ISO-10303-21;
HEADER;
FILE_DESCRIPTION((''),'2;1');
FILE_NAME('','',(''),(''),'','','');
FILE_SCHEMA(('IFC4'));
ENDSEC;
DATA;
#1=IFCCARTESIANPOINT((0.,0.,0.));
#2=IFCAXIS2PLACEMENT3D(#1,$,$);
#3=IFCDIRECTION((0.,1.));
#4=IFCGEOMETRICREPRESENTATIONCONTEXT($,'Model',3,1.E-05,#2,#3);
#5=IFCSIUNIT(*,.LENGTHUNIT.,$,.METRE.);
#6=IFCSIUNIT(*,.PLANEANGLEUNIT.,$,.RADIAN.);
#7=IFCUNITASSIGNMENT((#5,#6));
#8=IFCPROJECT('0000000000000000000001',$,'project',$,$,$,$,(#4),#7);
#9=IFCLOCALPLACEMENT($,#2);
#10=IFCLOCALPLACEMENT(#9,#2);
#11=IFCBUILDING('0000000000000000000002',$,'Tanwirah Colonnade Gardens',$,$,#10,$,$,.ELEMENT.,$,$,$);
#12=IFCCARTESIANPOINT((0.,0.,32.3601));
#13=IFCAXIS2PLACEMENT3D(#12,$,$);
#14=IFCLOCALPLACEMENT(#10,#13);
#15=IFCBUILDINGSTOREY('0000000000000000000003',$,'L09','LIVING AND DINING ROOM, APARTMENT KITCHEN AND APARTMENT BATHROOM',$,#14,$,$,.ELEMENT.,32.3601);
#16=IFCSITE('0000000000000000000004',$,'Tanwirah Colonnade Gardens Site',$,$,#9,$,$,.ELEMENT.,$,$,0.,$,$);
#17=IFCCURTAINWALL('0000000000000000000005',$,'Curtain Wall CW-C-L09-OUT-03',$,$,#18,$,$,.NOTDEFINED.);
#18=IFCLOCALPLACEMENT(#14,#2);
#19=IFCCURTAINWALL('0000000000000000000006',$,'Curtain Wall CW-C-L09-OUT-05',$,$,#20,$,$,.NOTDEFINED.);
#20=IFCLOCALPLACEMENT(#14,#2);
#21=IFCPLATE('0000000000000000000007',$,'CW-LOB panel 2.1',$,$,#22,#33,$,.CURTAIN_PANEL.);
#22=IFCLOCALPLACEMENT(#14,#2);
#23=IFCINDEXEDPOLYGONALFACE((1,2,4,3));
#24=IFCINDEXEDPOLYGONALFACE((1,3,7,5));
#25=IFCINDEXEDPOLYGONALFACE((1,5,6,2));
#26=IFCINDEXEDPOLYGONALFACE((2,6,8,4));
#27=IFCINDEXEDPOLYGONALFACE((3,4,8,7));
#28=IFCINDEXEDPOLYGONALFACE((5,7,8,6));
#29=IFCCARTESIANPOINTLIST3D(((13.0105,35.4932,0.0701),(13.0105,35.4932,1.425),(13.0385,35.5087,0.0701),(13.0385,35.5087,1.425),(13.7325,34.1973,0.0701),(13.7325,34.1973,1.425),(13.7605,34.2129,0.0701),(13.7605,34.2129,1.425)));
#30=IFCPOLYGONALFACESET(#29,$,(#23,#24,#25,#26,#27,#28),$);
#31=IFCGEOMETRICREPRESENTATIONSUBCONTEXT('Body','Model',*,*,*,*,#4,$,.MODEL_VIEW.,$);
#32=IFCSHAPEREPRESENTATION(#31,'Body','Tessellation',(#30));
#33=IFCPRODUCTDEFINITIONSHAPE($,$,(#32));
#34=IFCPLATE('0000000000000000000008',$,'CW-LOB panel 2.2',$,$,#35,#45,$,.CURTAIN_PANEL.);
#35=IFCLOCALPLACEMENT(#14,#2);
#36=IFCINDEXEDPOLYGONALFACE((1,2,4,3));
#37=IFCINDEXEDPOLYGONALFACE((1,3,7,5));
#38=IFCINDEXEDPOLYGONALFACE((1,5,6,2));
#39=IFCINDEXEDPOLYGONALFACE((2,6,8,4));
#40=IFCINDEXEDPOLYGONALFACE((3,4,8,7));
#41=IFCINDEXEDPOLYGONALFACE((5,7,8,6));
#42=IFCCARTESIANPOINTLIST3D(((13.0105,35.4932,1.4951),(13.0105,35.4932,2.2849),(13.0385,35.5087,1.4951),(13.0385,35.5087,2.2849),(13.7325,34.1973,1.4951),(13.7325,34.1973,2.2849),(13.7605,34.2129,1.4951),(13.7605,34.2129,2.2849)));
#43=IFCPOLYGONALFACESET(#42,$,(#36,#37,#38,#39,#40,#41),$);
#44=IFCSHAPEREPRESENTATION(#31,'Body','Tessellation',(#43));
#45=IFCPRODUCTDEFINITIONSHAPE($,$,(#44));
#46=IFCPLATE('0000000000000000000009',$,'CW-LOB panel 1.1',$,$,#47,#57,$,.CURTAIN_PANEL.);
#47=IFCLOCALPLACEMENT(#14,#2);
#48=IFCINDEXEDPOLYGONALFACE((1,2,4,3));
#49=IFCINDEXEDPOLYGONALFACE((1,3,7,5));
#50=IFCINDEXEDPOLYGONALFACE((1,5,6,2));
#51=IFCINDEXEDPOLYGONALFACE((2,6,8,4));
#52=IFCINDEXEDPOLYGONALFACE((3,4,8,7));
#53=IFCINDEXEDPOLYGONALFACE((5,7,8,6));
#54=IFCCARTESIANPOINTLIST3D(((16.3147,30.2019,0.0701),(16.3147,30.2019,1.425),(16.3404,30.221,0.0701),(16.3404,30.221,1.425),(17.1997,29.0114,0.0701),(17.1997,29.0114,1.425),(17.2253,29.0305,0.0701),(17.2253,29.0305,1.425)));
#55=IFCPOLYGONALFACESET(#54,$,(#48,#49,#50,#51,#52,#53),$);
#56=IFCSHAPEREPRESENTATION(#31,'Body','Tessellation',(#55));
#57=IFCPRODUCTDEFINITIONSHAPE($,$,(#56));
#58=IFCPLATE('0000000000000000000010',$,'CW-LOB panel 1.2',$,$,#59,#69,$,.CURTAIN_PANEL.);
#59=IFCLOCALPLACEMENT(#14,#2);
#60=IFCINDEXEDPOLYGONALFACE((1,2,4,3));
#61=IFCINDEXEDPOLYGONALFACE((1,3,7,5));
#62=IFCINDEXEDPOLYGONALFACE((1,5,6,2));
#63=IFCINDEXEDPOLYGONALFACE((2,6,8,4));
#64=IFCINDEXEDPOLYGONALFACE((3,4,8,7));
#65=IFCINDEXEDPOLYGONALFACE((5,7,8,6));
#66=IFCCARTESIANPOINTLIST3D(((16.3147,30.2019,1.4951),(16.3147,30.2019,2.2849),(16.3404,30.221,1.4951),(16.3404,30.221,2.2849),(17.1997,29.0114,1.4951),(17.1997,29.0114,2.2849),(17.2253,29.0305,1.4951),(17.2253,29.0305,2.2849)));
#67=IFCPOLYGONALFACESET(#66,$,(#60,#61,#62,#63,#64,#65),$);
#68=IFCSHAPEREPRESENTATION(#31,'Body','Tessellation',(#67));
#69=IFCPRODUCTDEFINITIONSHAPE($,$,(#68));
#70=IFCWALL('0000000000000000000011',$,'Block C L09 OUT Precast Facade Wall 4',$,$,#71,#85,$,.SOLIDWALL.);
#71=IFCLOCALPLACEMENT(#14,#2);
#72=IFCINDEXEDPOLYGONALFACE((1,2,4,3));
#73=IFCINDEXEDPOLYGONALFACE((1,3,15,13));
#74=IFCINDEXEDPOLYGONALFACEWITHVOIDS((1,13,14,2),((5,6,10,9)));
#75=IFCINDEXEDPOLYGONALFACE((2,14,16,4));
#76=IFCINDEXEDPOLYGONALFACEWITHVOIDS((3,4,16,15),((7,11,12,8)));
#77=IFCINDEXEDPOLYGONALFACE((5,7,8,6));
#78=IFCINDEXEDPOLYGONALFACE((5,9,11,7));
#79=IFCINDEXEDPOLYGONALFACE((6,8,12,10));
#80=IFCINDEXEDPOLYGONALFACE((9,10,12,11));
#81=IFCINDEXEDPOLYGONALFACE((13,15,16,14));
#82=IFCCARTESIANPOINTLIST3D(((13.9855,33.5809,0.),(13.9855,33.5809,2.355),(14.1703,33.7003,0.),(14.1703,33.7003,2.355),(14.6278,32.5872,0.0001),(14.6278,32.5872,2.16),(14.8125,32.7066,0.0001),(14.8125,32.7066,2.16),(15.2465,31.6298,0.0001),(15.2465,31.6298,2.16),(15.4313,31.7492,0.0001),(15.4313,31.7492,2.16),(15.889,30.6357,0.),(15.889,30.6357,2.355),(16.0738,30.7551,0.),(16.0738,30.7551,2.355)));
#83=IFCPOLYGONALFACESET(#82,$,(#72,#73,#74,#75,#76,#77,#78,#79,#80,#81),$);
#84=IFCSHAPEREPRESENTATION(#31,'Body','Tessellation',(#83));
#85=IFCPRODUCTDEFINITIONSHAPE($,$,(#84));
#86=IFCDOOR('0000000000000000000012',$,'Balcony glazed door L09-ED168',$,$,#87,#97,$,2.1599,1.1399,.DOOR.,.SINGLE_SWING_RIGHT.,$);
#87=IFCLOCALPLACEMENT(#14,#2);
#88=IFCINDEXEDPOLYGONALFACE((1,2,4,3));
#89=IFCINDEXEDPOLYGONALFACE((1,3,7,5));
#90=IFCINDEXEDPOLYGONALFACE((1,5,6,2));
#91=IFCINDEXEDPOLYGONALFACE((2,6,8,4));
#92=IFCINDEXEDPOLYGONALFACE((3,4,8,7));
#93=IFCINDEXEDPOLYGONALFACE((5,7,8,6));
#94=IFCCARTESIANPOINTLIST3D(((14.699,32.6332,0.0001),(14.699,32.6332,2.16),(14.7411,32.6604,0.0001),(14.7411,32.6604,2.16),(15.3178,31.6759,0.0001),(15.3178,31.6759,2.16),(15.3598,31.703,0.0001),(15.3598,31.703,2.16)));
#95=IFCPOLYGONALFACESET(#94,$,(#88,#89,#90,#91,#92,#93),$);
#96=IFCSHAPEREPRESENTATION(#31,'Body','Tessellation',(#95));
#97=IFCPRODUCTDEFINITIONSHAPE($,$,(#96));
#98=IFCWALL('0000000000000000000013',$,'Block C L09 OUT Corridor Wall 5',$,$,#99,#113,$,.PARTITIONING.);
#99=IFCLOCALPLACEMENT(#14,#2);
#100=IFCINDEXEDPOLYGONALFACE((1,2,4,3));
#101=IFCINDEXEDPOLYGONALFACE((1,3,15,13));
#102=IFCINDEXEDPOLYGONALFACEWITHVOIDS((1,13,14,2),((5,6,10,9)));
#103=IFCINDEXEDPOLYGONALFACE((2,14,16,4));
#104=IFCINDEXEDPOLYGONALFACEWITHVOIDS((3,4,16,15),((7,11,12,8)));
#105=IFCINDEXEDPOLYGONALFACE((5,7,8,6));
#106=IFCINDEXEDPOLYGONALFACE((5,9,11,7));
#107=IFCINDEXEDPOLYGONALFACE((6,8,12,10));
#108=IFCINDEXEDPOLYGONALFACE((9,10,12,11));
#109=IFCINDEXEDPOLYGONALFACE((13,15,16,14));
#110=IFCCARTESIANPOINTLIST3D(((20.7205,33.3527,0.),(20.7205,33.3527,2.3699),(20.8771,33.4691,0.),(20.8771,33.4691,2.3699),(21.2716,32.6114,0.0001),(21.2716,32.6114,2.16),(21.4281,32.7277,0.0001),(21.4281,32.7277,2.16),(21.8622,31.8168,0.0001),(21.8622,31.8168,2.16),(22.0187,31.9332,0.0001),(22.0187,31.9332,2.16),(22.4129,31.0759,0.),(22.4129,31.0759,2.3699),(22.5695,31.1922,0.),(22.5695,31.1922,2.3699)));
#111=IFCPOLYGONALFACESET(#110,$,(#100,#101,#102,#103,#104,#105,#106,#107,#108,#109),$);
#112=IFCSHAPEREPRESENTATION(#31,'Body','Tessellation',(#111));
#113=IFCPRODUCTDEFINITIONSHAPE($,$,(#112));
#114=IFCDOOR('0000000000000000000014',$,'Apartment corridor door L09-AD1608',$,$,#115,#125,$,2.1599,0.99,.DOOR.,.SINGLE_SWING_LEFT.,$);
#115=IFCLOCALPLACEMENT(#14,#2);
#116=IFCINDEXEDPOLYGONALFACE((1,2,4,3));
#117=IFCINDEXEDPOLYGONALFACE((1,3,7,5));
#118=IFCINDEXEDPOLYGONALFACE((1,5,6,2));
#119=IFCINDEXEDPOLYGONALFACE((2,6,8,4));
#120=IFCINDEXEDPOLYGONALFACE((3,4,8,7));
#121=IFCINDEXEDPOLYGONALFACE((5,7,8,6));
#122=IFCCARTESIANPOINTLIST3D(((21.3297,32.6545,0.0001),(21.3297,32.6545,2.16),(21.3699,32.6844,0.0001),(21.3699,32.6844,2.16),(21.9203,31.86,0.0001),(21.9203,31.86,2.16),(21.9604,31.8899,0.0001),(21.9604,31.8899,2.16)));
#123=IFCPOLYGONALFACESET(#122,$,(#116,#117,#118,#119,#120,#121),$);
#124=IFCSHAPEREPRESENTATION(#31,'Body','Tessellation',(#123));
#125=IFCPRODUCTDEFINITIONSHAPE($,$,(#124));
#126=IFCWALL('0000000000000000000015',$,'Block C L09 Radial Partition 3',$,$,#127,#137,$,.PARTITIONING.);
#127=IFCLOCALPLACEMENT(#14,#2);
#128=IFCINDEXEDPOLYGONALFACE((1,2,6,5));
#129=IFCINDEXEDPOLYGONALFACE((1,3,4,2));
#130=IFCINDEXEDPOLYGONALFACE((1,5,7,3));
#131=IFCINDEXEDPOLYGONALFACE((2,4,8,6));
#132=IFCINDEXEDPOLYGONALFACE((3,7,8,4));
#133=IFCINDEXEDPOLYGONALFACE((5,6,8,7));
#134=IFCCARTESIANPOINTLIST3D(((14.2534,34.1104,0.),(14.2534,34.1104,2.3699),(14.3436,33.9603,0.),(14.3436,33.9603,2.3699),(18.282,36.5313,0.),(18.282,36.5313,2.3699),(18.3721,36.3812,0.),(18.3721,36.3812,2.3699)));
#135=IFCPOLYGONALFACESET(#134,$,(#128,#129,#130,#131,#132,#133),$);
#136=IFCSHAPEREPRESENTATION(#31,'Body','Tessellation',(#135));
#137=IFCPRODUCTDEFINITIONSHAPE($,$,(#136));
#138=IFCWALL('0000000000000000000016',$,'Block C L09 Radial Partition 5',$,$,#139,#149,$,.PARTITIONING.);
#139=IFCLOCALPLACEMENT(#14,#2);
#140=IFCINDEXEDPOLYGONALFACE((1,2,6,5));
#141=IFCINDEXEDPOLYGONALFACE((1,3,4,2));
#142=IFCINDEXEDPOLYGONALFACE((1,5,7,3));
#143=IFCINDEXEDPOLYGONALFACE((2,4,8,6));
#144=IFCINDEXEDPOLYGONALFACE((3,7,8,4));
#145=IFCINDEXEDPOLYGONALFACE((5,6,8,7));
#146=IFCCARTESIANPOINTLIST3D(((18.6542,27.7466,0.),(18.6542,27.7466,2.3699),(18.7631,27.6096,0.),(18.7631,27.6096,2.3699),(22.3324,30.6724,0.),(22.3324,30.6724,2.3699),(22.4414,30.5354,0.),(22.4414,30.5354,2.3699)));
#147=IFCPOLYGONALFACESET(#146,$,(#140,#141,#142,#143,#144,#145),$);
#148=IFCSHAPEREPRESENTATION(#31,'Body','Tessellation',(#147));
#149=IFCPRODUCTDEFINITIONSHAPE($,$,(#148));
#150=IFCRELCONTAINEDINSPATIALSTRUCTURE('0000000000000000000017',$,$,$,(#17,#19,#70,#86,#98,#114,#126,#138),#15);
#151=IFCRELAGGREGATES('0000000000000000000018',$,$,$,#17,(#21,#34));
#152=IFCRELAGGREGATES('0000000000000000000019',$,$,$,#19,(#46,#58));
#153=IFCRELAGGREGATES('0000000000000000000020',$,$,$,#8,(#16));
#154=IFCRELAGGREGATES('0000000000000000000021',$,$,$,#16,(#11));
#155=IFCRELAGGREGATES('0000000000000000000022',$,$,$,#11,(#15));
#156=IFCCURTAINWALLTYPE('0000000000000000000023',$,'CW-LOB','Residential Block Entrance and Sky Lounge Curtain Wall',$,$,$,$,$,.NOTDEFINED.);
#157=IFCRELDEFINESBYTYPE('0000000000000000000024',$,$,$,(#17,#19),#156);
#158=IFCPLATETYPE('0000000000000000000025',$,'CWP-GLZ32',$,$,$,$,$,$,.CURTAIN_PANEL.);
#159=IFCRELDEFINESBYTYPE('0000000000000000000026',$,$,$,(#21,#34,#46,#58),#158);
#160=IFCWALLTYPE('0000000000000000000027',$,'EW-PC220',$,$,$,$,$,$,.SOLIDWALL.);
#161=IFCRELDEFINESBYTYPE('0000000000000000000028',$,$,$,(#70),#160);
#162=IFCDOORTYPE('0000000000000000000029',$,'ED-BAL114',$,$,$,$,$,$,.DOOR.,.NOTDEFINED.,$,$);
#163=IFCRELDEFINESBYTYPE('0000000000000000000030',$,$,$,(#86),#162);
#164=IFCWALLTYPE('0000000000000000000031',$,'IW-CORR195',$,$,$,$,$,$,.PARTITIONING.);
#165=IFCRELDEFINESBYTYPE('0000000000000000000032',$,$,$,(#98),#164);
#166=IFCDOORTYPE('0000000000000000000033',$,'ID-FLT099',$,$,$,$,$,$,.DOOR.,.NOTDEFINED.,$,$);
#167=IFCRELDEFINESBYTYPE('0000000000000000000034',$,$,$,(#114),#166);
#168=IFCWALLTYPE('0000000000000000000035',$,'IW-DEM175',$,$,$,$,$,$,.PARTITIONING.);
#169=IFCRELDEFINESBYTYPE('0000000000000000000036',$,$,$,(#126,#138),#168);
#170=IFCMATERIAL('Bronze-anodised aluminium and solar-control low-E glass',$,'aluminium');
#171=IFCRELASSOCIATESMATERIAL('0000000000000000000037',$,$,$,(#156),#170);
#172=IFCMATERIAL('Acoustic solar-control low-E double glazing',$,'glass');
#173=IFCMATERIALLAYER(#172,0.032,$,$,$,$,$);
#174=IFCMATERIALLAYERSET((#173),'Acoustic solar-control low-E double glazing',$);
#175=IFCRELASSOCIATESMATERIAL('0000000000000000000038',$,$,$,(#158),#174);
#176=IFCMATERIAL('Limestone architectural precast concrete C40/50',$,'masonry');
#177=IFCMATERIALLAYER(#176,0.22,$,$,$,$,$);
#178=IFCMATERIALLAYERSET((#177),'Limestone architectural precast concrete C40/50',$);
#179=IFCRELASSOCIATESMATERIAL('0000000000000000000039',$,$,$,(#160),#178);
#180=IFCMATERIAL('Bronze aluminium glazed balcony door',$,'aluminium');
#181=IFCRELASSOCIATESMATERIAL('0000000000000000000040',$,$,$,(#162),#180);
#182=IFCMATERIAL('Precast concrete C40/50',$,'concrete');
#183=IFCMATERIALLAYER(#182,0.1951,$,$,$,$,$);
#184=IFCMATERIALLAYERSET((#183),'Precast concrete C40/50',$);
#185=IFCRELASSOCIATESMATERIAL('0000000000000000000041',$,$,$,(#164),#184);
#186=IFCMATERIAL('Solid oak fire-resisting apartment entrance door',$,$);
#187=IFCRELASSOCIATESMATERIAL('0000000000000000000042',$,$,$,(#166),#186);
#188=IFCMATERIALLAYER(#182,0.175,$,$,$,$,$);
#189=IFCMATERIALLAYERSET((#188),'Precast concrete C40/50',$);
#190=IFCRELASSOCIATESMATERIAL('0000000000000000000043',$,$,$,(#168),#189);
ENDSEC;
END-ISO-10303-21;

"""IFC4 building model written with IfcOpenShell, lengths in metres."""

from ifc_helpers import new_model, si_unit, direction, frame, frame_2d, origin, origin_2d, place, context, subcontext, project, spatial, rectangle, extrude, material, layer, layer_set, type_object, element, fill, aggregate, save


model = new_model("IFC4")

# Units and contexts
model_context = context("Model", 3, precision=1e-05, world=origin(), true_north=direction((0.0, 1.0)))
body_context = subcontext(model_context, "Body", "Model", "MODEL_VIEW")
ifc_project = project(units=[si_unit("LENGTHUNIT", "METRE"), si_unit("PLANEANGLEUNIT", "RADIAN")], contexts=[model_context])

# Site, building, storey
site_placement = place(None, origin())
site = spatial("IfcSite", under=ifc_project, at=site_placement, Name="Tanwirah Colonnade Gardens Site", CompositionType="ELEMENT", RefElevation=0.0)
building_placement = place(site_placement, origin())
building = spatial("IfcBuilding", under=site, at=building_placement, Name="Tanwirah Colonnade Gardens", CompositionType="ELEMENT")
storey_placement = place(building_placement, frame((0.0, 0.0, 32.3601)))
storey = spatial("IfcBuildingStorey", under=building, at=storey_placement, Name="L09", Description="LIVING AND DINING ROOM, APARTMENT KITCHEN AND APARTMENT BATHROOM", CompositionType="ELEMENT", Elevation=32.3601)

# Shared definitions
ifc_material_1 = material(Name="Precast concrete C40/50", Category="concrete")

# Curtain wall
ifc_material_2 = material(Name="Bronze-anodised aluminium and solar-control low-E glass", Category="aluminium")
curtain_wall_type = type_object("IfcCurtainWallType", Name="CW-LOB", Description="Residential Block Entrance and Sky Lounge Curtain Wall", PredefinedType="NOTDEFINED", material=ifc_material_2)
curtain_wall_1_placement = place(storey_placement, origin())
curtain_wall_1 = element("IfcCurtainWall", 1, at=curtain_wall_1_placement, inside=storey, type_object=curtain_wall_type, Name="Curtain Wall CW-C-L09-OUT-03", PredefinedType="NOTDEFINED")

# Curtain wall
curtain_wall_2_placement = place(storey_placement, origin())
curtain_wall_2 = element("IfcCurtainWall", 2, at=curtain_wall_2_placement, inside=storey, type_object=curtain_wall_type, Name="Curtain Wall CW-C-L09-OUT-05", PredefinedType="NOTDEFINED")

# Plates
ifc_material_3 = material(Name="Acoustic solar-control low-E double glazing", Category="glass")
ifc_layer_1 = layer(ifc_material_3, 0.032)
ifc_layer_set_1 = layer_set([ifc_layer_1], Name="Acoustic solar-control low-E double glazing")
plate_type = type_object("IfcPlateType", Name="CWP-GLZ32", PredefinedType="CURTAIN_PANEL", material=ifc_layer_set_1)
plate_1_placement = place(storey_placement, frame((13.3855, 34.853, 0.0701), z_axis=(0.0, 0.0, 1.0), x_axis=(0.486715, -0.873561, 0.0)))
plate_1 = element("IfcPlate", 3, at=plate_1_placement, type_object=plate_type, Name="CW-LOB panel 2.1", PredefinedType="CURTAIN_PANEL", context=body_context, shape_type="SweptSolid", body=[
    extrude(rectangle(XDim=1.4834, YDim=0.032, at=origin_2d()), origin(), (0.0, 0.0, 1.0), 1.355),
])
plate_2_placement = place(storey_placement, frame((13.3855, 34.853, 1.4951), z_axis=(0.0, 0.0, 1.0), x_axis=(0.486715, -0.873561, 0.0)))
plate_2 = element("IfcPlate", 4, at=plate_2_placement, type_object=plate_type, Name="CW-LOB panel 2.2", PredefinedType="CURTAIN_PANEL", context=body_context, shape_type="SweptSolid", body=[
    extrude(rectangle(XDim=1.4834, YDim=0.032, at=origin_2d()), origin(), (0.0, 0.0, 1.0), 0.7898),
])
aggregate(curtain_wall_1, [plate_1, plate_2])
plate_3_placement = place(storey_placement, frame((16.77, 29.6162, 0.0701), z_axis=(0.0, 0.0, 1.0), x_axis=(0.596576, -0.802557, 0.0)))
plate_3 = element("IfcPlate", 5, at=plate_3_placement, type_object=plate_type, Name="CW-LOB panel 1.1", PredefinedType="CURTAIN_PANEL", context=body_context, shape_type="SweptSolid", body=[
    extrude(rectangle(XDim=1.4834, YDim=0.032, at=origin_2d()), origin(), (0.0, 0.0, 1.0), 1.355),
])
plate_4_placement = place(storey_placement, frame((16.77, 29.6162, 1.4951), z_axis=(0.0, 0.0, 1.0), x_axis=(0.596576, -0.802557, 0.0)))
plate_4 = element("IfcPlate", 6, at=plate_4_placement, type_object=plate_type, Name="CW-LOB panel 1.2", PredefinedType="CURTAIN_PANEL", context=body_context, shape_type="SweptSolid", body=[
    extrude(rectangle(XDim=1.4834, YDim=0.032, at=origin_2d()), origin(), (0.0, 0.0, 1.0), 0.7898),
])
aggregate(curtain_wall_2, [plate_3, plate_4])

# Walls, openings, doors
ifc_material_4 = material(Name="Limestone architectural precast concrete C40/50", Category="masonry")
ifc_layer_2 = layer(ifc_material_4, 0.22)
ifc_layer_set_2 = layer_set([ifc_layer_2], Name="Limestone architectural precast concrete C40/50")
wall_type_1 = type_object("IfcWallType", Name="EW-PC220", PredefinedType="SOLIDWALL", material=ifc_layer_set_2)
wall_1_placement = place(storey_placement, frame((14.0779, 33.6406, 0.0), z_axis=(0.0, 0.0, 1.0), x_axis=(0.542804, -0.83986, 0.0)))
wall_1 = element("IfcWall", 7, at=wall_1_placement, inside=storey, type_object=wall_type_1, Name="Block C L09 OUT Precast Facade Wall 4", PredefinedType="SOLIDWALL", context=body_context, shape_type="SweptSolid", body=[
    extrude(rectangle(XDim=3.5068, YDim=0.22, at=frame_2d((1.7534, 0.0))), origin(), (0.0, 0.0, 1.0), 2.355),
])
opening_1_placement = place(wall_1_placement, frame((1.1833, 0.0, 0.0)))
opening_1 = element("IfcOpeningElement", 8, at=opening_1_placement, cuts=wall_1, PredefinedType="OPENING", context=body_context, shape_type="SweptSolid", body=[
    extrude(rectangle(XDim=1.1399, YDim=2.1599, at=frame_2d((0.5698, 1.0801))), frame((0.0, 0.1199, 0.0), z_axis=(0.0, -1.0, 0.0), x_axis=(1.0, 0.0, 0.0)), (0.0, 0.0, 1.0), 0.24),
])
ifc_material_5 = material(Name="Bronze aluminium glazed balcony door", Category="aluminium")
door_type_1 = type_object("IfcDoorType", Name="ED-BAL114", OperationType="NOTDEFINED", PredefinedType="DOOR", material=ifc_material_5)
door_1_placement = place(opening_1_placement, origin())
door_1 = element("IfcDoor", 9, at=door_1_placement, inside=storey, type_object=door_type_1, Name="Balcony glazed door L09-ED168", OperationType="SINGLE_SWING_RIGHT", OverallHeight=2.1599, OverallWidth=1.1399, PredefinedType="DOOR", context=body_context, shape_type="SweptSolid", body=[
    extrude(rectangle(XDim=1.1399, YDim=2.1599, at=frame_2d((0.5698, 1.0801))), frame((0.0, 0.0249, 0.0), z_axis=(0.0, -1.0, 0.0), x_axis=(1.0, 0.0, 0.0)), (0.0, 0.0, 1.0), 0.05),
])
fill(opening_1, door_1)
ifc_layer_3 = layer(ifc_material_1, 0.1951)
ifc_layer_set_3 = layer_set([ifc_layer_3], Name="Precast concrete C40/50")
wall_type_2 = type_object("IfcWallType", Name="IW-CORR195", PredefinedType="PARTITIONING", material=ifc_layer_set_3)
ifc_material_6 = material(Name="Solid oak fire-resisting apartment entrance door")
wall_2_placement = place(storey_placement, frame((20.7988, 33.4109, 0.0), z_axis=(0.0, 0.0, 1.0), x_axis=(0.596552, -0.802574, 0.0)))
wall_2 = element("IfcWall", 10, at=wall_2_placement, inside=storey, type_object=wall_type_2, Name="Block C L09 OUT Corridor Wall 5", PredefinedType="PARTITIONING", context=body_context, shape_type="SweptSolid", body=[
    extrude(rectangle(XDim=2.8369, YDim=0.1951, at=frame_2d((1.4185, 0.0))), origin(), (0.0, 0.0, 1.0), 2.3699),
])
opening_2_placement = place(wall_2_placement, frame((0.9236, 0.0, 0.0)))
opening_2 = element("IfcOpeningElement", 11, at=opening_2_placement, cuts=wall_2, PredefinedType="OPENING", context=body_context, shape_type="SweptSolid", body=[
    extrude(rectangle(XDim=0.99, YDim=2.1599, at=frame_2d((0.4951, 1.0801))), frame((0.0, 0.1074, 0.0), z_axis=(0.0, -1.0, 0.0), x_axis=(1.0, 0.0, 0.0)), (0.0, 0.0, 1.0), 0.2151),
])
door_type_2 = type_object("IfcDoorType", Name="ID-FLT099", OperationType="NOTDEFINED", PredefinedType="DOOR", material=ifc_material_6)
door_2_placement = place(opening_2_placement, origin())
door_2 = element("IfcDoor", 12, at=door_2_placement, inside=storey, type_object=door_type_2, Name="Apartment corridor door L09-AD1608", OperationType="SINGLE_SWING_LEFT", OverallHeight=2.1599, OverallWidth=0.99, PredefinedType="DOOR", context=body_context, shape_type="SweptSolid", body=[
    extrude(rectangle(XDim=0.99, YDim=2.1599, at=frame_2d((0.4951, 1.0801))), frame((0.0, 0.0249, 0.0), z_axis=(0.0, -1.0, 0.0), x_axis=(1.0, 0.0, 0.0)), (0.0, 0.0, 1.0), 0.05),
])
fill(opening_2, door_2)

# Walls
ifc_layer_4 = layer(ifc_material_1, 0.175)
ifc_layer_set_4 = layer_set([ifc_layer_4], Name="Precast concrete C40/50")
wall_type_3 = type_object("IfcWallType", Name="IW-DEM175", PredefinedType="PARTITIONING", material=ifc_layer_set_4)
for number, where, z_axis, x_axis, name in (
    (13, (18.3271, 36.4563, 0.0), (0.0, 0.0, 1.0), (-0.85714, -0.515084, 0.0), "Block C L09 Radial Partition 3"),
    (14, (22.387, 30.604, 0.0), (0.0, 0.0, 1.0), (-0.782609, -0.622513, 0.0), "Block C L09 Radial Partition 5"),
):
    element("IfcWall", number, at=place(storey_placement, frame(where, z_axis=z_axis, x_axis=x_axis)), inside=storey, type_object=wall_type_3, Name=name, PredefinedType="PARTITIONING", context=body_context, shape_type="SweptSolid", body=[
        extrude(rectangle(XDim=4.7, YDim=0.175, at=frame_2d((2.3501, 0.0))), origin(), (0.0, 0.0, 1.0), 2.3699),
    ])

save(model, "model.ifc")
